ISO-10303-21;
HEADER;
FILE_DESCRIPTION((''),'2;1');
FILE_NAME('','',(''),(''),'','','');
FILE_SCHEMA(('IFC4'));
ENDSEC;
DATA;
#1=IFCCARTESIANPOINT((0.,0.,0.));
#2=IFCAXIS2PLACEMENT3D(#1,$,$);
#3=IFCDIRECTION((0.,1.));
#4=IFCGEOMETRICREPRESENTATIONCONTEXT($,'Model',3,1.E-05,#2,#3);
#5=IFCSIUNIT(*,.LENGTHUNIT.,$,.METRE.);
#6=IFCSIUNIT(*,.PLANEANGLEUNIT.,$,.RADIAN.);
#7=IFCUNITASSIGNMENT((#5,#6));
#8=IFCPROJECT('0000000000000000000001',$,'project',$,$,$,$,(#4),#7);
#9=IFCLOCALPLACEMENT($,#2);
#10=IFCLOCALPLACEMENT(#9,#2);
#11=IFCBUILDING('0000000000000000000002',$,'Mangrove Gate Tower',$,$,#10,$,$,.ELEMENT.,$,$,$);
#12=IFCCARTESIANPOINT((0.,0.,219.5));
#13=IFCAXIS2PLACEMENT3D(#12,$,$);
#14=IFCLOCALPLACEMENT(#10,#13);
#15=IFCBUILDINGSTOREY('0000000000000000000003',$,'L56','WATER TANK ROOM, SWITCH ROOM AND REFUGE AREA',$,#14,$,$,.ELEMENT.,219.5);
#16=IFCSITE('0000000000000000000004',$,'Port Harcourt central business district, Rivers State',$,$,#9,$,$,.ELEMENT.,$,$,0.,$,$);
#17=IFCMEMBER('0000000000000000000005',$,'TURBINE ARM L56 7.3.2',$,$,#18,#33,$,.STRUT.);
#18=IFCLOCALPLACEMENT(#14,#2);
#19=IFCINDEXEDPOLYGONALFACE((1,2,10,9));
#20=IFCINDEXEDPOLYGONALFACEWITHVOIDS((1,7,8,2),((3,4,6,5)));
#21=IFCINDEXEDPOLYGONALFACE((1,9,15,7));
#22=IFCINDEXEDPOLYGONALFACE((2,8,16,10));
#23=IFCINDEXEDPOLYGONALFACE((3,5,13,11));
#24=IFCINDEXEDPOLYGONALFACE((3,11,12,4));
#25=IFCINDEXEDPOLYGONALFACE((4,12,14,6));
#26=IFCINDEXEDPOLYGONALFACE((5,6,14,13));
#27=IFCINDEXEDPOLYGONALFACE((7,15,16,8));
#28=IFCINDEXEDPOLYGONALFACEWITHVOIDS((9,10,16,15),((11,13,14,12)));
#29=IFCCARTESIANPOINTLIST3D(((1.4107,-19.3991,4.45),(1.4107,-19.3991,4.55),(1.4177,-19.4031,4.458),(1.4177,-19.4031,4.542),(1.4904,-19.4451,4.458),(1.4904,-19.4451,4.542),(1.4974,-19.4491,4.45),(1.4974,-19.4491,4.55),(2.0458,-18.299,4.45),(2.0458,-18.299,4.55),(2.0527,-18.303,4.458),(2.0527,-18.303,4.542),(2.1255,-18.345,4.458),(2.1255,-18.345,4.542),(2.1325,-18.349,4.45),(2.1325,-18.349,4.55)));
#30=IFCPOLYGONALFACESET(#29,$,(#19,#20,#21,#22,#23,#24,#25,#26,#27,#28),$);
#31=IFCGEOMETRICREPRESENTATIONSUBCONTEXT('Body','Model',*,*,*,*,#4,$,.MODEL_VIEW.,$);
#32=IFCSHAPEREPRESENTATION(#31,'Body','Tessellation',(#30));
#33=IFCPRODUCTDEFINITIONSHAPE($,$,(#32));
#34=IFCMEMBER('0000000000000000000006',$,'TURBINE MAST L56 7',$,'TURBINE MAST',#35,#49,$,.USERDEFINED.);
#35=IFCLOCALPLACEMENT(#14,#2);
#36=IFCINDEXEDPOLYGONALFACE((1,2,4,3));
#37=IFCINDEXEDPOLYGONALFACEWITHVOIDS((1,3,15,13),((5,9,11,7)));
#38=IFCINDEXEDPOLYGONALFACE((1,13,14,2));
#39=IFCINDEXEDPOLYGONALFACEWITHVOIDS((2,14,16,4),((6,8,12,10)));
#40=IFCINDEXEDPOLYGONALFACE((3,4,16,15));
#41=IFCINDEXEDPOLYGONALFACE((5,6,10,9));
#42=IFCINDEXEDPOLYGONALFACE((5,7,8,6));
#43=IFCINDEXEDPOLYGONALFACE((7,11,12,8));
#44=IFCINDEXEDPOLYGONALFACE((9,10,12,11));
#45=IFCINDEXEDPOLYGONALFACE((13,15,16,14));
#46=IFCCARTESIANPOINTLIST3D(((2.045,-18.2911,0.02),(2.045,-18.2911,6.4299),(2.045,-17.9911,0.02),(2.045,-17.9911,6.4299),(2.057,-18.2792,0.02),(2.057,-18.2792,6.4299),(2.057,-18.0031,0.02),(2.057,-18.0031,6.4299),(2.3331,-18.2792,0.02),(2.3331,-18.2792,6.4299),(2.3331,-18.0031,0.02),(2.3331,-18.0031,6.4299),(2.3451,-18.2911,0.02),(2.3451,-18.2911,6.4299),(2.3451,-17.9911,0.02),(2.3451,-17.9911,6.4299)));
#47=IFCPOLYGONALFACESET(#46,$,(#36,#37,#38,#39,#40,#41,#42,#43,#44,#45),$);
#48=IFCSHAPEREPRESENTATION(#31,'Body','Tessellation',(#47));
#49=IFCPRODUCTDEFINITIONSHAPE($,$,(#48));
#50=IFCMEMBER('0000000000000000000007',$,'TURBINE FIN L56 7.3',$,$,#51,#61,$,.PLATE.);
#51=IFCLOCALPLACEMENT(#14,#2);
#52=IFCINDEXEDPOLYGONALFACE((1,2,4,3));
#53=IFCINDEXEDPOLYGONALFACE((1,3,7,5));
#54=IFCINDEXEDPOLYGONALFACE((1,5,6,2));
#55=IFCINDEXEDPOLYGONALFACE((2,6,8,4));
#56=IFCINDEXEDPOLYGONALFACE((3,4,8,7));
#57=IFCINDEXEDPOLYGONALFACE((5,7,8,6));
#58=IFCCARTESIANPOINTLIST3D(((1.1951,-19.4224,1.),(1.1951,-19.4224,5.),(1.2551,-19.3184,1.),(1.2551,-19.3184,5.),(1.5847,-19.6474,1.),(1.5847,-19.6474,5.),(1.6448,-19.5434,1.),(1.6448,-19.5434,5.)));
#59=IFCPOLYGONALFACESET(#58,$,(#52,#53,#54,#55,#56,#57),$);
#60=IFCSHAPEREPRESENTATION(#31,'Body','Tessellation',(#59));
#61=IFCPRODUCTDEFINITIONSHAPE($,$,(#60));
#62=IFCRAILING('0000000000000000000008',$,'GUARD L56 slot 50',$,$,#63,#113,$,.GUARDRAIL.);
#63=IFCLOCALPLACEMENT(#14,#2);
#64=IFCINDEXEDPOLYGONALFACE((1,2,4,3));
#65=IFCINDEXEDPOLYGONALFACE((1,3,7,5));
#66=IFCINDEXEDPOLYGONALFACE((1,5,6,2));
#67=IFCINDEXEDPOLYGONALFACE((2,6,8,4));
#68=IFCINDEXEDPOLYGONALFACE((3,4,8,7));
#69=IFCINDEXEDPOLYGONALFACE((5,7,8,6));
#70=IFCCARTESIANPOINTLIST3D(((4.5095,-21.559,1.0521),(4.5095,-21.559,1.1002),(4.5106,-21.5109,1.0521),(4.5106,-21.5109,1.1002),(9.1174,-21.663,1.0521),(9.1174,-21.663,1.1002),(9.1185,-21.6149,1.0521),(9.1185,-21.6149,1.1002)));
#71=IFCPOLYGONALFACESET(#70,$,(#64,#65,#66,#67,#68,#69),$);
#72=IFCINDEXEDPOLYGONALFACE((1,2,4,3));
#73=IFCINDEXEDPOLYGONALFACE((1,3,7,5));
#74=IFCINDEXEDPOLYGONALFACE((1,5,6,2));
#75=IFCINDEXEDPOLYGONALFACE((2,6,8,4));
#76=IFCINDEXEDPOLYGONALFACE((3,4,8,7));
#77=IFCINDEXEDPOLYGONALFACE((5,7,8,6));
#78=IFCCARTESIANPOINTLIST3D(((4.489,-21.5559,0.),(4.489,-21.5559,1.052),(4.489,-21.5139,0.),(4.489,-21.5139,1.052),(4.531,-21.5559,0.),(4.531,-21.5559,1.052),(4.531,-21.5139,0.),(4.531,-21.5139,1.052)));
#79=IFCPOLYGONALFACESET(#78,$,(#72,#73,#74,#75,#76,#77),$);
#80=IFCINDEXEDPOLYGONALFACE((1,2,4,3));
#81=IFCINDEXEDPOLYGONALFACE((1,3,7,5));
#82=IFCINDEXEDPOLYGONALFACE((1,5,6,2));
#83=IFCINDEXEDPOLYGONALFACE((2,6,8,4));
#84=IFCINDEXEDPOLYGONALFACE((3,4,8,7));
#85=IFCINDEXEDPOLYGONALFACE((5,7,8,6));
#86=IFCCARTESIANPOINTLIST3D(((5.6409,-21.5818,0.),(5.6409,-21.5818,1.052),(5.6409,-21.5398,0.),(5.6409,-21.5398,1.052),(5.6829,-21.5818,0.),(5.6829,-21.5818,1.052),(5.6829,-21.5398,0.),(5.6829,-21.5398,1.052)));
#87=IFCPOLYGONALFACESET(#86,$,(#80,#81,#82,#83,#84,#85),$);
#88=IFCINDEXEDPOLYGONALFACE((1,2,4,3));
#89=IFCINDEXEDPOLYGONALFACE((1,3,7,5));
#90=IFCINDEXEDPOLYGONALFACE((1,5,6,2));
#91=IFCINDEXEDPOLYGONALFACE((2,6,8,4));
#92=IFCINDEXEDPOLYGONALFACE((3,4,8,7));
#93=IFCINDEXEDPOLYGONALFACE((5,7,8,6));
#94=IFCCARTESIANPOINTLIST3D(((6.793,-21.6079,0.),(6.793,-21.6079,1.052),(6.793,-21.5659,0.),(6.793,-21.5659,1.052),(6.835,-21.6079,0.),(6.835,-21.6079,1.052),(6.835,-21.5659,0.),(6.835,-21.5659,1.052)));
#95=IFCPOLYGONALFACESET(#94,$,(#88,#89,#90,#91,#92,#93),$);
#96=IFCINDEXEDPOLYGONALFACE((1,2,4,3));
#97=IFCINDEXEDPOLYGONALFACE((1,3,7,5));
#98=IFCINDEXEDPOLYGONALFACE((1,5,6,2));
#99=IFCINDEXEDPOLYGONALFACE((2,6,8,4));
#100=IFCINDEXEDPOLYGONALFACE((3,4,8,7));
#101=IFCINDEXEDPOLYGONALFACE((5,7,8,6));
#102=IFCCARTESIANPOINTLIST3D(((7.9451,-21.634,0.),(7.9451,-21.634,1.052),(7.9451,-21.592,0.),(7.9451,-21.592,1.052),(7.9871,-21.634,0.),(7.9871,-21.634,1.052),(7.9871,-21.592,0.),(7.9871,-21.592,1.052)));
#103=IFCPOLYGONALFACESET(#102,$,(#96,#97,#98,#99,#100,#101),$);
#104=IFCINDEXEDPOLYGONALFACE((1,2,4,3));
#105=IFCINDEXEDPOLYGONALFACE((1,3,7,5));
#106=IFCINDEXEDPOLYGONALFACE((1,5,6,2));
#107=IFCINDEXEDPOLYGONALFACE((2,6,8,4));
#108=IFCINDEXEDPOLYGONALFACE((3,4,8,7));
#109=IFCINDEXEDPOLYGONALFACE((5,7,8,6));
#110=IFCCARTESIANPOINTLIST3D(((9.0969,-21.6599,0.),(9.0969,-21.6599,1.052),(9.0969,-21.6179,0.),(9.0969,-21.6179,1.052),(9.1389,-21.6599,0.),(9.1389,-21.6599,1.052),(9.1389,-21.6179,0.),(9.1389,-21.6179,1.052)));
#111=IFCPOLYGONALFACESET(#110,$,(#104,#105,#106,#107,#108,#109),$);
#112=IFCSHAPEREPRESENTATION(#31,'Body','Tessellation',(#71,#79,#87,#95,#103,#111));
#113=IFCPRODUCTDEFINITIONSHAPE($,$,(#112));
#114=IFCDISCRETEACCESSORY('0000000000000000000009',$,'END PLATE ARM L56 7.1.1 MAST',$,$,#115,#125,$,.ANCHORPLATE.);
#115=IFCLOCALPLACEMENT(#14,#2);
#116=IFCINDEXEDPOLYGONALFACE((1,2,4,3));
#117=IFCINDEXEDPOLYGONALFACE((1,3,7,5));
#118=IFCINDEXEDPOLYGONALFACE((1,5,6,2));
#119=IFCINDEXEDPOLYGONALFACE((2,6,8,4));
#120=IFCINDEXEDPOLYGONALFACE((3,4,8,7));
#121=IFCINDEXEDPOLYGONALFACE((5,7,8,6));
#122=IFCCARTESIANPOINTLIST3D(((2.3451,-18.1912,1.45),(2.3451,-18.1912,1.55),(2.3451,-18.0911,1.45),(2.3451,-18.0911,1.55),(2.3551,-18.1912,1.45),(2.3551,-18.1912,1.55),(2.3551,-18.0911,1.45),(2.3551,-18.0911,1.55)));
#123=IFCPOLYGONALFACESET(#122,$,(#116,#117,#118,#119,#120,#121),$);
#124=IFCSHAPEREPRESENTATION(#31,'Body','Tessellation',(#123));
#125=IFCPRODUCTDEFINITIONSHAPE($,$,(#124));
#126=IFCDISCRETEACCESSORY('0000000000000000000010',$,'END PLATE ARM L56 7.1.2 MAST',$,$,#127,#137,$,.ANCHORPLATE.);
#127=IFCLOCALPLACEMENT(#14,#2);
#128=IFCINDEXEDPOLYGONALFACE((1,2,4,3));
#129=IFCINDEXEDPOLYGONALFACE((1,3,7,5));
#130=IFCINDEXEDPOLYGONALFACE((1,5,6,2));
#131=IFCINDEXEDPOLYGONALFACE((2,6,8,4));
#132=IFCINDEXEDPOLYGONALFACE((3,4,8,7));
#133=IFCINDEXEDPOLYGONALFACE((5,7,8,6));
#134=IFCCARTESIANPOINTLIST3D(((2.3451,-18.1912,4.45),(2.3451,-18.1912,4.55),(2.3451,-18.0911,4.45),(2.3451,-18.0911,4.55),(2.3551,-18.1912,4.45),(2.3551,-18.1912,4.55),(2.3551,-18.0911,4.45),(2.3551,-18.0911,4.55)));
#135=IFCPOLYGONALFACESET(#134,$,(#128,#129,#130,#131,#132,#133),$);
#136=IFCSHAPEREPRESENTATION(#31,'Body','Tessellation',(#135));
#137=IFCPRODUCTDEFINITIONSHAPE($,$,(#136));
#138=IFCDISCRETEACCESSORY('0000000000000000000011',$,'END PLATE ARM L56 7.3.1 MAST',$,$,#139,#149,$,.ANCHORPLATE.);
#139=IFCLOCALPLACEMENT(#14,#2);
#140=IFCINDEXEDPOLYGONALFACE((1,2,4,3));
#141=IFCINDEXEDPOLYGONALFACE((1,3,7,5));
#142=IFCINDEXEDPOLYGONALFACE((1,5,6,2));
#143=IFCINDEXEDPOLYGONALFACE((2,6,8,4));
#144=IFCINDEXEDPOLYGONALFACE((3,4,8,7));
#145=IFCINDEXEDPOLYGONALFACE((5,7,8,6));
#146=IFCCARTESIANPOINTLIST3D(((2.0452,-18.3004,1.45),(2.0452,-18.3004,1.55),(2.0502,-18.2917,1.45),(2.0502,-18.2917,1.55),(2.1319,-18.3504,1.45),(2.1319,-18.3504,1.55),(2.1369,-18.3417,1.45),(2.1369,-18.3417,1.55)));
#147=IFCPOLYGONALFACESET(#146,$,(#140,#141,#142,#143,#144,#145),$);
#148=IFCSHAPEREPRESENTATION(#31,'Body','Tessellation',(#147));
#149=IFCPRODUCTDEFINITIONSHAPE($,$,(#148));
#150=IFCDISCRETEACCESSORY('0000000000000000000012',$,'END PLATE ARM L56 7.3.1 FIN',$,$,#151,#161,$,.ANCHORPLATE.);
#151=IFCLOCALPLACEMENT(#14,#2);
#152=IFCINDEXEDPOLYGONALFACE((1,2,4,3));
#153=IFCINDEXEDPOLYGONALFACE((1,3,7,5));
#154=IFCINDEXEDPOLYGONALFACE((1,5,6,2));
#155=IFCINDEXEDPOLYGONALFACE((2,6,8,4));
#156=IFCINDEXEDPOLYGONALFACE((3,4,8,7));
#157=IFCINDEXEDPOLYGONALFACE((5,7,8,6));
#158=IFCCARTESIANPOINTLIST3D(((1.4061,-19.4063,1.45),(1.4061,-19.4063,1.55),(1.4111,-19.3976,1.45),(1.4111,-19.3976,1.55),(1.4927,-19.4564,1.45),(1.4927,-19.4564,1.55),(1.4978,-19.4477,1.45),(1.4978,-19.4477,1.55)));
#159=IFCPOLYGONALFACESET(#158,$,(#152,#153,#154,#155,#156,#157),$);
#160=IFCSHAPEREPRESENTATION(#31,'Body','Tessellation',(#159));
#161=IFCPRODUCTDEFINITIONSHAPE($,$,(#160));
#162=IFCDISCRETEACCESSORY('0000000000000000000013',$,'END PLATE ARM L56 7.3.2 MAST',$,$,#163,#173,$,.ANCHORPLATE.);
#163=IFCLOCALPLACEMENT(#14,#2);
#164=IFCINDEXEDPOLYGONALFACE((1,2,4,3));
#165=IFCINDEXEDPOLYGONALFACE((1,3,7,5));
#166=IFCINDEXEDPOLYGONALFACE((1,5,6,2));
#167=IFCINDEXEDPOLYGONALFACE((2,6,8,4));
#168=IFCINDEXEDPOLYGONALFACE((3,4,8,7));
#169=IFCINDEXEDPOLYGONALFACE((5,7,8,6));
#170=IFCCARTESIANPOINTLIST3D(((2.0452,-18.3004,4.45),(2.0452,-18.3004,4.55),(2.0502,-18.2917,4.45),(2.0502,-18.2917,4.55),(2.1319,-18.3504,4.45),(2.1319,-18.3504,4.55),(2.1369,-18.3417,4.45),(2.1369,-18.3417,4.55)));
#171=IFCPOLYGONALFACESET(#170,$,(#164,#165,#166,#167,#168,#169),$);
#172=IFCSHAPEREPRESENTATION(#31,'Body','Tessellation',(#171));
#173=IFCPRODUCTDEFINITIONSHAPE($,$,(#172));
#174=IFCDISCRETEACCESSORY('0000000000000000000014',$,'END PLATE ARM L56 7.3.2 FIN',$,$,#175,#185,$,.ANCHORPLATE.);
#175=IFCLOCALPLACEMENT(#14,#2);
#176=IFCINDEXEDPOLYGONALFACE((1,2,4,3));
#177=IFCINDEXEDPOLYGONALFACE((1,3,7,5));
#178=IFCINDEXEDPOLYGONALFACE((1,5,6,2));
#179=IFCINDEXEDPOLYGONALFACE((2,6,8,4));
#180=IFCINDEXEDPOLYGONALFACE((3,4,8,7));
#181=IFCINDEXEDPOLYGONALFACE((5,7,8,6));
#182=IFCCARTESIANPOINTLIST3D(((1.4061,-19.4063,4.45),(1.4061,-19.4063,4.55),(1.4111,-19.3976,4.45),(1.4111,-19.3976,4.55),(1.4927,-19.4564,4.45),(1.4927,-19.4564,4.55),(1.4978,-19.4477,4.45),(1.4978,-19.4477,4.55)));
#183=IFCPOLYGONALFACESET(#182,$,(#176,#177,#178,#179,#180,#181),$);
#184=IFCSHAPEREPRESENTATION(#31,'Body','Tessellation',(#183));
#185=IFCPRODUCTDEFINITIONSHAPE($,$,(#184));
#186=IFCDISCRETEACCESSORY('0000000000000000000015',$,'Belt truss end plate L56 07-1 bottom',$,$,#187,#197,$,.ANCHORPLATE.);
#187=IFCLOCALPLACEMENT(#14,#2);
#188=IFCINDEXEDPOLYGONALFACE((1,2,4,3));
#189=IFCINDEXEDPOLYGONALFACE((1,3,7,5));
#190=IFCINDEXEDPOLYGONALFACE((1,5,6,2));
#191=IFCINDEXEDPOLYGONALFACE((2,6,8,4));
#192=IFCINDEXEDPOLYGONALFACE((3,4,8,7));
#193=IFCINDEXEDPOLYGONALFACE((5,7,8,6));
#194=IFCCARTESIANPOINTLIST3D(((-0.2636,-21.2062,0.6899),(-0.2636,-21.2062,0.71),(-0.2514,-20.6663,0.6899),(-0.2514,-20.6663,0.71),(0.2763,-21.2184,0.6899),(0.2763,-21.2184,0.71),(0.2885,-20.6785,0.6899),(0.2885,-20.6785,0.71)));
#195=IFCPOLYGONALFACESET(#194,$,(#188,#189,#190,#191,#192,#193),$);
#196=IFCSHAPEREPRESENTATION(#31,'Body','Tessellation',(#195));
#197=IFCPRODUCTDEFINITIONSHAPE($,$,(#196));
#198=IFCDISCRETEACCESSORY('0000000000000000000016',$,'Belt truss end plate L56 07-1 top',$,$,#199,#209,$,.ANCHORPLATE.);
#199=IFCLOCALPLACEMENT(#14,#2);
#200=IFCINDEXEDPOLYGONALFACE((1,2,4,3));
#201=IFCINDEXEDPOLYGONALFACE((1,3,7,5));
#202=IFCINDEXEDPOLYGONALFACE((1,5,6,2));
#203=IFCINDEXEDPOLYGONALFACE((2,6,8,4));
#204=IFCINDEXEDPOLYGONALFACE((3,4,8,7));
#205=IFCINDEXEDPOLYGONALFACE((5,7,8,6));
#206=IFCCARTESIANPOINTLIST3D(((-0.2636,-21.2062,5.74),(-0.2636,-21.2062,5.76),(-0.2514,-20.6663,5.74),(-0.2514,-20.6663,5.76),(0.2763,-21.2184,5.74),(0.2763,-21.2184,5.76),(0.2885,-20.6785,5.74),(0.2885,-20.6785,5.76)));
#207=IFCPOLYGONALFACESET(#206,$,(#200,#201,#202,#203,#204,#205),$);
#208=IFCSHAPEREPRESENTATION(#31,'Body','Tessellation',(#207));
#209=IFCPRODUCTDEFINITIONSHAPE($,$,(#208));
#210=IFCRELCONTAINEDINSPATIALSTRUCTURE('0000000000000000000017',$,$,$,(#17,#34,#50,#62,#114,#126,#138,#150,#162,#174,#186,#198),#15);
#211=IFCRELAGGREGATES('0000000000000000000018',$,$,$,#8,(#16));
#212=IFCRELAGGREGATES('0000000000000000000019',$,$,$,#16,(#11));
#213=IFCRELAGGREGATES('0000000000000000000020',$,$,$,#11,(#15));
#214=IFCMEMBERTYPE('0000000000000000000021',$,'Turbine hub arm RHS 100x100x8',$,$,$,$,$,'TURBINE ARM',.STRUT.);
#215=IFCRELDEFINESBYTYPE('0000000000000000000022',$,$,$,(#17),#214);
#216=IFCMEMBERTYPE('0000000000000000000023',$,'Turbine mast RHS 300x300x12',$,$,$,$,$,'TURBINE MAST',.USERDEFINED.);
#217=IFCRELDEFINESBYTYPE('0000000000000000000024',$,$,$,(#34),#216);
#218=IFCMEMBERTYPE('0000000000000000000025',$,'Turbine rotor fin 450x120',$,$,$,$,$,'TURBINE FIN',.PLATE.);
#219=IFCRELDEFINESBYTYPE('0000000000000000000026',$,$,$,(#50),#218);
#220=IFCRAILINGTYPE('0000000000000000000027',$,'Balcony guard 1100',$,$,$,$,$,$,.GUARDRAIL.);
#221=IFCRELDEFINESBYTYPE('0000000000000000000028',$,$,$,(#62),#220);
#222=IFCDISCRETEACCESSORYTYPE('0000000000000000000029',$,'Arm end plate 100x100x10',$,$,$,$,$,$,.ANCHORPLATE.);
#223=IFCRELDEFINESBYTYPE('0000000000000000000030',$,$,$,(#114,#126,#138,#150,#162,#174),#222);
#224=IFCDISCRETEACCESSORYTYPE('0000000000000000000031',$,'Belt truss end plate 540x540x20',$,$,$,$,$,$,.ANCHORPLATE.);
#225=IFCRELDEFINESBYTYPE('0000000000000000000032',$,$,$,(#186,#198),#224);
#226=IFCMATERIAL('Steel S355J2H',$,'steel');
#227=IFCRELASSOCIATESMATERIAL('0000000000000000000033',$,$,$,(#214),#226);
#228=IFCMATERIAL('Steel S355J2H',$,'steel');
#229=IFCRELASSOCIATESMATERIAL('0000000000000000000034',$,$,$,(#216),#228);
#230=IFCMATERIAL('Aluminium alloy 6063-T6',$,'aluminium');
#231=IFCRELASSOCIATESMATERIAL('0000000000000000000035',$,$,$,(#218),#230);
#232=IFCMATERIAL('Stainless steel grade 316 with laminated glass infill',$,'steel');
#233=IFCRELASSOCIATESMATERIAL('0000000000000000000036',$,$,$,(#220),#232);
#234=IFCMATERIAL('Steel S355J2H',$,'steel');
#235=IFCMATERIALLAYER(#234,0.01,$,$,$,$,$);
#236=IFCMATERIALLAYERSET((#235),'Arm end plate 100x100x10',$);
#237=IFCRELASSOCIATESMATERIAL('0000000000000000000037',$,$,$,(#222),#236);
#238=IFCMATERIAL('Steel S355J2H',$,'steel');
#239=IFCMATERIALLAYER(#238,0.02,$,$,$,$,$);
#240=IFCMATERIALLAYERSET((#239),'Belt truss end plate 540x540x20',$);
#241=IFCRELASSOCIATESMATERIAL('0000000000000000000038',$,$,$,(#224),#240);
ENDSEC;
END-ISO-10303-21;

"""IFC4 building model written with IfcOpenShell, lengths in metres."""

from ifc_helpers import new_model, si_unit, direction, frame, origin, origin_2d, place, context, subcontext, project, spatial, rectangle, hollow_rectangle, extrude, material, layer, layer_set, material_profile, profile_set, type_object, element, save


model = new_model("IFC4")

# Units and contexts
model_context = context("Model", 3, precision=1e-05, world=origin(), true_north=direction((0.0, 1.0)))
body_context = subcontext(model_context, "Body", "Model", "MODEL_VIEW")
ifc_project = project(units=[si_unit("LENGTHUNIT", "METRE"), si_unit("PLANEANGLEUNIT", "RADIAN")], contexts=[model_context])

# Site, building, storey
site_placement = place(None, origin())
site = spatial("IfcSite", under=ifc_project, at=site_placement, Name="Port Harcourt central business district, Rivers State", CompositionType="ELEMENT", RefElevation=0.0)
building_placement = place(site_placement, origin())
building = spatial("IfcBuilding", under=site, at=building_placement, Name="Mangrove Gate Tower", CompositionType="ELEMENT")
storey_placement = place(building_placement, frame((0.0, 0.0, 219.5)))
storey = spatial("IfcBuildingStorey", under=building, at=storey_placement, Name="L56", Description="WATER TANK ROOM, SWITCH ROOM AND REFUGE AREA", CompositionType="ELEMENT", Elevation=219.5)

# Members
ifc_material_1 = material(Name="Steel S355J2H", Category="steel")
ifc_material_profile_1 = material_profile(ifc_material_1, hollow_rectangle(XDim=0.1001, YDim=0.1001, WallThickness=0.0081, at=origin_2d()))
ifc_profile_set_1 = profile_set([ifc_material_profile_1], Name="Steel S355J2H")
member_type_1 = type_object("IfcMemberType", Name="Turbine hub arm RHS 100x100x8", ElementType="TURBINE ARM", PredefinedType="STRUT", material=ifc_profile_set_1)
for number, where, z_axis, x_axis, name in (
    (1, (2.0891, -18.324, 4.5), (-0.499922, -0.86607, 0.0), (0.86607, -0.499922, 0.0), "TURBINE ARM L56 7.3.2"),
):
    element("IfcMember", number, at=place(storey_placement, frame(where, z_axis=z_axis, x_axis=x_axis)), inside=storey, type_object=member_type_1, Name=name, PredefinedType="STRUT", context=body_context, shape_type="SweptSolid", body=[
        extrude(hollow_rectangle(XDim=0.1001, YDim=0.1001, WallThickness=0.0081, at=origin_2d()), origin(), (0.0, 0.0, 1.0), 1.2703),
    ])
ifc_material_2 = material(Name="Steel S355J2H", Category="steel")
ifc_material_profile_2 = material_profile(ifc_material_2, hollow_rectangle(XDim=0.3, YDim=0.3, WallThickness=0.012, at=origin_2d()))
ifc_profile_set_2 = profile_set([ifc_material_profile_2], Name="Steel S355J2H")
member_type_2 = type_object("IfcMemberType", Name="Turbine mast RHS 300x300x12", ElementType="TURBINE MAST", PredefinedType="USERDEFINED", material=ifc_profile_set_2)
member_1_placement = place(storey_placement, frame((2.1951, -18.1411, 0.02), z_axis=(0.0, 0.0, 1.0), x_axis=(1.0, 0.0, 0.0)))
element("IfcMember", 2, at=member_1_placement, inside=storey, type_object=member_type_2, Name="TURBINE MAST L56 7", ObjectType="TURBINE MAST", PredefinedType="USERDEFINED", context=body_context, shape_type="SweptSolid", body=[
    extrude(hollow_rectangle(XDim=0.3, YDim=0.3, WallThickness=0.012, at=origin_2d()), origin(), (0.0, 0.0, 1.0), 6.4099),
])
ifc_material_3 = material(Name="Aluminium alloy 6063-T6", Category="aluminium")
ifc_material_profile_3 = material_profile(ifc_material_3, rectangle(XDim=0.45, YDim=0.1201, at=origin_2d()))
ifc_profile_set_3 = profile_set([ifc_material_profile_3], Name="Aluminium alloy 6063-T6")
member_type_3 = type_object("IfcMemberType", Name="Turbine rotor fin 450x120", ElementType="TURBINE FIN", PredefinedType="PLATE", material=ifc_profile_set_3)
member_2_placement = place(storey_placement, frame((1.4199, -19.4829, 1.0), z_axis=(0.0, 0.0, 1.0), x_axis=(0.866025, -0.5, 0.0)))
element("IfcMember", 3, at=member_2_placement, inside=storey, type_object=member_type_3, Name="TURBINE FIN L56 7.3", PredefinedType="PLATE", context=body_context, shape_type="SweptSolid", body=[
    extrude(rectangle(XDim=0.45, YDim=0.1201, at=origin_2d()), origin(), (0.0, 0.0, 1.0), 4.0),
])

# Railing
ifc_material_4 = material(Name="Stainless steel grade 316 with laminated glass infill", Category="steel")
railing_type = type_object("IfcRailingType", Name="Balcony guard 1100", PredefinedType="GUARDRAIL", material=ifc_material_4)
railing_placement = place(storey_placement, frame((4.51, -21.5349, 0.0)))
element("IfcRailing", 4, at=railing_placement, inside=storey, type_object=railing_type, Name="GUARD L56 slot 50", PredefinedType="GUARDRAIL", context=body_context, shape_type="SweptSolid", body=[
    extrude(rectangle(XDim=0.0481, YDim=0.0481, at=origin_2d()), frame((0.0, 0.0, 1.0762), z_axis=(0.999745, -0.022565, 0.0), x_axis=(0.022565, 0.999745, 0.0)), (0.0, 0.0, 1.0), 4.6091),
    extrude(rectangle(XDim=0.042, YDim=0.042, at=origin_2d()), origin(), (0.0, 0.0, 1.0), 1.052),
    extrude(rectangle(XDim=0.042, YDim=0.042, at=origin_2d()), frame((1.1519, -0.0259, 0.0)), (0.0, 0.0, 1.0), 1.052),
    extrude(rectangle(XDim=0.042, YDim=0.042, at=origin_2d()), frame((2.304, -0.052, 0.0)), (0.0, 0.0, 1.0), 1.052),
    extrude(rectangle(XDim=0.042, YDim=0.042, at=origin_2d()), frame((3.4561, -0.0781, 0.0)), (0.0, 0.0, 1.0), 1.052),
    extrude(rectangle(XDim=0.042, YDim=0.042, at=origin_2d()), frame((4.6079, -0.104, 0.0)), (0.0, 0.0, 1.0), 1.052),
])

# Discrete accessories
ifc_material_5 = material(Name="Steel S355J2H", Category="steel")
ifc_layer_1 = layer(ifc_material_5, 0.01)
ifc_layer_set_1 = layer_set([ifc_layer_1], Name="Arm end plate 100x100x10")
discrete_accessory_type_1 = type_object("IfcDiscreteAccessoryType", Name="Arm end plate 100x100x10", PredefinedType="ANCHORPLATE", material=ifc_layer_set_1)
for number, where, z_axis, x_axis, name in (
    (5, (2.3501, -18.1411, 1.45), (0.0, 0.0, 1.0), (1.0, 0.0, 0.0), "END PLATE ARM L56 7.1.1 MAST"),
    (6, (2.3501, -18.1411, 4.45), (0.0, 0.0, 1.0), (1.0, 0.0, 0.0), "END PLATE ARM L56 7.1.2 MAST"),
    (7, (2.0911, -18.321, 1.45), (0.0, 0.0, 1.0), (-0.5, -0.866025, 0.0), "END PLATE ARM L56 7.3.1 MAST"),
    (8, (1.4519, -19.427, 1.45), (0.0, 0.0, 1.0), (-0.5, -0.866025, 0.0), "END PLATE ARM L56 7.3.1 FIN"),
    (9, (2.0911, -18.321, 4.45), (0.0, 0.0, 1.0), (-0.5, -0.866025, 0.0), "END PLATE ARM L56 7.3.2 MAST"),
    (10, (1.4519, -19.427, 4.45), (0.0, 0.0, 1.0), (-0.5, -0.866025, 0.0), "END PLATE ARM L56 7.3.2 FIN"),
):
    element("IfcDiscreteAccessory", number, at=place(storey_placement, frame(where, z_axis=z_axis, x_axis=x_axis)), inside=storey, type_object=discrete_accessory_type_1, Name=name, PredefinedType="ANCHORPLATE", context=body_context, shape_type="SweptSolid", body=[
        extrude(rectangle(XDim=0.01, YDim=0.1001, at=origin_2d()), origin(), (0.0, 0.0, 1.0), 0.1001),
    ])
ifc_material_6 = material(Name="Steel S355J2H", Category="steel")
ifc_layer_2 = layer(ifc_material_6, 0.02)
ifc_layer_set_2 = layer_set([ifc_layer_2], Name="Belt truss end plate 540x540x20")
discrete_accessory_type_2 = type_object("IfcDiscreteAccessoryType", Name="Belt truss end plate 540x540x20", PredefinedType="ANCHORPLATE", material=ifc_layer_set_2)
for number, where, z_axis, x_axis, name in (
    (11, (0.0125, -20.9424, 0.6899), (0.0, 0.0, 1.0), (0.999744, -0.022637, 0.0), "Belt truss end plate L56 07-1 bottom"),
    (12, (0.0125, -20.9424, 5.74), (0.0, 0.0, 1.0), (0.999744, -0.022637, 0.0), "Belt truss end plate L56 07-1 top"),
):
    element("IfcDiscreteAccessory", number, at=place(storey_placement, frame(where, z_axis=z_axis, x_axis=x_axis)), inside=storey, type_object=discrete_accessory_type_2, Name=name, PredefinedType="ANCHORPLATE", context=body_context, shape_type="SweptSolid", body=[
        extrude(rectangle(XDim=0.54, YDim=0.54, at=origin_2d()), origin(), (0.0, 0.0, 1.0), 0.02),
    ])

save(model, "model.ifc")
